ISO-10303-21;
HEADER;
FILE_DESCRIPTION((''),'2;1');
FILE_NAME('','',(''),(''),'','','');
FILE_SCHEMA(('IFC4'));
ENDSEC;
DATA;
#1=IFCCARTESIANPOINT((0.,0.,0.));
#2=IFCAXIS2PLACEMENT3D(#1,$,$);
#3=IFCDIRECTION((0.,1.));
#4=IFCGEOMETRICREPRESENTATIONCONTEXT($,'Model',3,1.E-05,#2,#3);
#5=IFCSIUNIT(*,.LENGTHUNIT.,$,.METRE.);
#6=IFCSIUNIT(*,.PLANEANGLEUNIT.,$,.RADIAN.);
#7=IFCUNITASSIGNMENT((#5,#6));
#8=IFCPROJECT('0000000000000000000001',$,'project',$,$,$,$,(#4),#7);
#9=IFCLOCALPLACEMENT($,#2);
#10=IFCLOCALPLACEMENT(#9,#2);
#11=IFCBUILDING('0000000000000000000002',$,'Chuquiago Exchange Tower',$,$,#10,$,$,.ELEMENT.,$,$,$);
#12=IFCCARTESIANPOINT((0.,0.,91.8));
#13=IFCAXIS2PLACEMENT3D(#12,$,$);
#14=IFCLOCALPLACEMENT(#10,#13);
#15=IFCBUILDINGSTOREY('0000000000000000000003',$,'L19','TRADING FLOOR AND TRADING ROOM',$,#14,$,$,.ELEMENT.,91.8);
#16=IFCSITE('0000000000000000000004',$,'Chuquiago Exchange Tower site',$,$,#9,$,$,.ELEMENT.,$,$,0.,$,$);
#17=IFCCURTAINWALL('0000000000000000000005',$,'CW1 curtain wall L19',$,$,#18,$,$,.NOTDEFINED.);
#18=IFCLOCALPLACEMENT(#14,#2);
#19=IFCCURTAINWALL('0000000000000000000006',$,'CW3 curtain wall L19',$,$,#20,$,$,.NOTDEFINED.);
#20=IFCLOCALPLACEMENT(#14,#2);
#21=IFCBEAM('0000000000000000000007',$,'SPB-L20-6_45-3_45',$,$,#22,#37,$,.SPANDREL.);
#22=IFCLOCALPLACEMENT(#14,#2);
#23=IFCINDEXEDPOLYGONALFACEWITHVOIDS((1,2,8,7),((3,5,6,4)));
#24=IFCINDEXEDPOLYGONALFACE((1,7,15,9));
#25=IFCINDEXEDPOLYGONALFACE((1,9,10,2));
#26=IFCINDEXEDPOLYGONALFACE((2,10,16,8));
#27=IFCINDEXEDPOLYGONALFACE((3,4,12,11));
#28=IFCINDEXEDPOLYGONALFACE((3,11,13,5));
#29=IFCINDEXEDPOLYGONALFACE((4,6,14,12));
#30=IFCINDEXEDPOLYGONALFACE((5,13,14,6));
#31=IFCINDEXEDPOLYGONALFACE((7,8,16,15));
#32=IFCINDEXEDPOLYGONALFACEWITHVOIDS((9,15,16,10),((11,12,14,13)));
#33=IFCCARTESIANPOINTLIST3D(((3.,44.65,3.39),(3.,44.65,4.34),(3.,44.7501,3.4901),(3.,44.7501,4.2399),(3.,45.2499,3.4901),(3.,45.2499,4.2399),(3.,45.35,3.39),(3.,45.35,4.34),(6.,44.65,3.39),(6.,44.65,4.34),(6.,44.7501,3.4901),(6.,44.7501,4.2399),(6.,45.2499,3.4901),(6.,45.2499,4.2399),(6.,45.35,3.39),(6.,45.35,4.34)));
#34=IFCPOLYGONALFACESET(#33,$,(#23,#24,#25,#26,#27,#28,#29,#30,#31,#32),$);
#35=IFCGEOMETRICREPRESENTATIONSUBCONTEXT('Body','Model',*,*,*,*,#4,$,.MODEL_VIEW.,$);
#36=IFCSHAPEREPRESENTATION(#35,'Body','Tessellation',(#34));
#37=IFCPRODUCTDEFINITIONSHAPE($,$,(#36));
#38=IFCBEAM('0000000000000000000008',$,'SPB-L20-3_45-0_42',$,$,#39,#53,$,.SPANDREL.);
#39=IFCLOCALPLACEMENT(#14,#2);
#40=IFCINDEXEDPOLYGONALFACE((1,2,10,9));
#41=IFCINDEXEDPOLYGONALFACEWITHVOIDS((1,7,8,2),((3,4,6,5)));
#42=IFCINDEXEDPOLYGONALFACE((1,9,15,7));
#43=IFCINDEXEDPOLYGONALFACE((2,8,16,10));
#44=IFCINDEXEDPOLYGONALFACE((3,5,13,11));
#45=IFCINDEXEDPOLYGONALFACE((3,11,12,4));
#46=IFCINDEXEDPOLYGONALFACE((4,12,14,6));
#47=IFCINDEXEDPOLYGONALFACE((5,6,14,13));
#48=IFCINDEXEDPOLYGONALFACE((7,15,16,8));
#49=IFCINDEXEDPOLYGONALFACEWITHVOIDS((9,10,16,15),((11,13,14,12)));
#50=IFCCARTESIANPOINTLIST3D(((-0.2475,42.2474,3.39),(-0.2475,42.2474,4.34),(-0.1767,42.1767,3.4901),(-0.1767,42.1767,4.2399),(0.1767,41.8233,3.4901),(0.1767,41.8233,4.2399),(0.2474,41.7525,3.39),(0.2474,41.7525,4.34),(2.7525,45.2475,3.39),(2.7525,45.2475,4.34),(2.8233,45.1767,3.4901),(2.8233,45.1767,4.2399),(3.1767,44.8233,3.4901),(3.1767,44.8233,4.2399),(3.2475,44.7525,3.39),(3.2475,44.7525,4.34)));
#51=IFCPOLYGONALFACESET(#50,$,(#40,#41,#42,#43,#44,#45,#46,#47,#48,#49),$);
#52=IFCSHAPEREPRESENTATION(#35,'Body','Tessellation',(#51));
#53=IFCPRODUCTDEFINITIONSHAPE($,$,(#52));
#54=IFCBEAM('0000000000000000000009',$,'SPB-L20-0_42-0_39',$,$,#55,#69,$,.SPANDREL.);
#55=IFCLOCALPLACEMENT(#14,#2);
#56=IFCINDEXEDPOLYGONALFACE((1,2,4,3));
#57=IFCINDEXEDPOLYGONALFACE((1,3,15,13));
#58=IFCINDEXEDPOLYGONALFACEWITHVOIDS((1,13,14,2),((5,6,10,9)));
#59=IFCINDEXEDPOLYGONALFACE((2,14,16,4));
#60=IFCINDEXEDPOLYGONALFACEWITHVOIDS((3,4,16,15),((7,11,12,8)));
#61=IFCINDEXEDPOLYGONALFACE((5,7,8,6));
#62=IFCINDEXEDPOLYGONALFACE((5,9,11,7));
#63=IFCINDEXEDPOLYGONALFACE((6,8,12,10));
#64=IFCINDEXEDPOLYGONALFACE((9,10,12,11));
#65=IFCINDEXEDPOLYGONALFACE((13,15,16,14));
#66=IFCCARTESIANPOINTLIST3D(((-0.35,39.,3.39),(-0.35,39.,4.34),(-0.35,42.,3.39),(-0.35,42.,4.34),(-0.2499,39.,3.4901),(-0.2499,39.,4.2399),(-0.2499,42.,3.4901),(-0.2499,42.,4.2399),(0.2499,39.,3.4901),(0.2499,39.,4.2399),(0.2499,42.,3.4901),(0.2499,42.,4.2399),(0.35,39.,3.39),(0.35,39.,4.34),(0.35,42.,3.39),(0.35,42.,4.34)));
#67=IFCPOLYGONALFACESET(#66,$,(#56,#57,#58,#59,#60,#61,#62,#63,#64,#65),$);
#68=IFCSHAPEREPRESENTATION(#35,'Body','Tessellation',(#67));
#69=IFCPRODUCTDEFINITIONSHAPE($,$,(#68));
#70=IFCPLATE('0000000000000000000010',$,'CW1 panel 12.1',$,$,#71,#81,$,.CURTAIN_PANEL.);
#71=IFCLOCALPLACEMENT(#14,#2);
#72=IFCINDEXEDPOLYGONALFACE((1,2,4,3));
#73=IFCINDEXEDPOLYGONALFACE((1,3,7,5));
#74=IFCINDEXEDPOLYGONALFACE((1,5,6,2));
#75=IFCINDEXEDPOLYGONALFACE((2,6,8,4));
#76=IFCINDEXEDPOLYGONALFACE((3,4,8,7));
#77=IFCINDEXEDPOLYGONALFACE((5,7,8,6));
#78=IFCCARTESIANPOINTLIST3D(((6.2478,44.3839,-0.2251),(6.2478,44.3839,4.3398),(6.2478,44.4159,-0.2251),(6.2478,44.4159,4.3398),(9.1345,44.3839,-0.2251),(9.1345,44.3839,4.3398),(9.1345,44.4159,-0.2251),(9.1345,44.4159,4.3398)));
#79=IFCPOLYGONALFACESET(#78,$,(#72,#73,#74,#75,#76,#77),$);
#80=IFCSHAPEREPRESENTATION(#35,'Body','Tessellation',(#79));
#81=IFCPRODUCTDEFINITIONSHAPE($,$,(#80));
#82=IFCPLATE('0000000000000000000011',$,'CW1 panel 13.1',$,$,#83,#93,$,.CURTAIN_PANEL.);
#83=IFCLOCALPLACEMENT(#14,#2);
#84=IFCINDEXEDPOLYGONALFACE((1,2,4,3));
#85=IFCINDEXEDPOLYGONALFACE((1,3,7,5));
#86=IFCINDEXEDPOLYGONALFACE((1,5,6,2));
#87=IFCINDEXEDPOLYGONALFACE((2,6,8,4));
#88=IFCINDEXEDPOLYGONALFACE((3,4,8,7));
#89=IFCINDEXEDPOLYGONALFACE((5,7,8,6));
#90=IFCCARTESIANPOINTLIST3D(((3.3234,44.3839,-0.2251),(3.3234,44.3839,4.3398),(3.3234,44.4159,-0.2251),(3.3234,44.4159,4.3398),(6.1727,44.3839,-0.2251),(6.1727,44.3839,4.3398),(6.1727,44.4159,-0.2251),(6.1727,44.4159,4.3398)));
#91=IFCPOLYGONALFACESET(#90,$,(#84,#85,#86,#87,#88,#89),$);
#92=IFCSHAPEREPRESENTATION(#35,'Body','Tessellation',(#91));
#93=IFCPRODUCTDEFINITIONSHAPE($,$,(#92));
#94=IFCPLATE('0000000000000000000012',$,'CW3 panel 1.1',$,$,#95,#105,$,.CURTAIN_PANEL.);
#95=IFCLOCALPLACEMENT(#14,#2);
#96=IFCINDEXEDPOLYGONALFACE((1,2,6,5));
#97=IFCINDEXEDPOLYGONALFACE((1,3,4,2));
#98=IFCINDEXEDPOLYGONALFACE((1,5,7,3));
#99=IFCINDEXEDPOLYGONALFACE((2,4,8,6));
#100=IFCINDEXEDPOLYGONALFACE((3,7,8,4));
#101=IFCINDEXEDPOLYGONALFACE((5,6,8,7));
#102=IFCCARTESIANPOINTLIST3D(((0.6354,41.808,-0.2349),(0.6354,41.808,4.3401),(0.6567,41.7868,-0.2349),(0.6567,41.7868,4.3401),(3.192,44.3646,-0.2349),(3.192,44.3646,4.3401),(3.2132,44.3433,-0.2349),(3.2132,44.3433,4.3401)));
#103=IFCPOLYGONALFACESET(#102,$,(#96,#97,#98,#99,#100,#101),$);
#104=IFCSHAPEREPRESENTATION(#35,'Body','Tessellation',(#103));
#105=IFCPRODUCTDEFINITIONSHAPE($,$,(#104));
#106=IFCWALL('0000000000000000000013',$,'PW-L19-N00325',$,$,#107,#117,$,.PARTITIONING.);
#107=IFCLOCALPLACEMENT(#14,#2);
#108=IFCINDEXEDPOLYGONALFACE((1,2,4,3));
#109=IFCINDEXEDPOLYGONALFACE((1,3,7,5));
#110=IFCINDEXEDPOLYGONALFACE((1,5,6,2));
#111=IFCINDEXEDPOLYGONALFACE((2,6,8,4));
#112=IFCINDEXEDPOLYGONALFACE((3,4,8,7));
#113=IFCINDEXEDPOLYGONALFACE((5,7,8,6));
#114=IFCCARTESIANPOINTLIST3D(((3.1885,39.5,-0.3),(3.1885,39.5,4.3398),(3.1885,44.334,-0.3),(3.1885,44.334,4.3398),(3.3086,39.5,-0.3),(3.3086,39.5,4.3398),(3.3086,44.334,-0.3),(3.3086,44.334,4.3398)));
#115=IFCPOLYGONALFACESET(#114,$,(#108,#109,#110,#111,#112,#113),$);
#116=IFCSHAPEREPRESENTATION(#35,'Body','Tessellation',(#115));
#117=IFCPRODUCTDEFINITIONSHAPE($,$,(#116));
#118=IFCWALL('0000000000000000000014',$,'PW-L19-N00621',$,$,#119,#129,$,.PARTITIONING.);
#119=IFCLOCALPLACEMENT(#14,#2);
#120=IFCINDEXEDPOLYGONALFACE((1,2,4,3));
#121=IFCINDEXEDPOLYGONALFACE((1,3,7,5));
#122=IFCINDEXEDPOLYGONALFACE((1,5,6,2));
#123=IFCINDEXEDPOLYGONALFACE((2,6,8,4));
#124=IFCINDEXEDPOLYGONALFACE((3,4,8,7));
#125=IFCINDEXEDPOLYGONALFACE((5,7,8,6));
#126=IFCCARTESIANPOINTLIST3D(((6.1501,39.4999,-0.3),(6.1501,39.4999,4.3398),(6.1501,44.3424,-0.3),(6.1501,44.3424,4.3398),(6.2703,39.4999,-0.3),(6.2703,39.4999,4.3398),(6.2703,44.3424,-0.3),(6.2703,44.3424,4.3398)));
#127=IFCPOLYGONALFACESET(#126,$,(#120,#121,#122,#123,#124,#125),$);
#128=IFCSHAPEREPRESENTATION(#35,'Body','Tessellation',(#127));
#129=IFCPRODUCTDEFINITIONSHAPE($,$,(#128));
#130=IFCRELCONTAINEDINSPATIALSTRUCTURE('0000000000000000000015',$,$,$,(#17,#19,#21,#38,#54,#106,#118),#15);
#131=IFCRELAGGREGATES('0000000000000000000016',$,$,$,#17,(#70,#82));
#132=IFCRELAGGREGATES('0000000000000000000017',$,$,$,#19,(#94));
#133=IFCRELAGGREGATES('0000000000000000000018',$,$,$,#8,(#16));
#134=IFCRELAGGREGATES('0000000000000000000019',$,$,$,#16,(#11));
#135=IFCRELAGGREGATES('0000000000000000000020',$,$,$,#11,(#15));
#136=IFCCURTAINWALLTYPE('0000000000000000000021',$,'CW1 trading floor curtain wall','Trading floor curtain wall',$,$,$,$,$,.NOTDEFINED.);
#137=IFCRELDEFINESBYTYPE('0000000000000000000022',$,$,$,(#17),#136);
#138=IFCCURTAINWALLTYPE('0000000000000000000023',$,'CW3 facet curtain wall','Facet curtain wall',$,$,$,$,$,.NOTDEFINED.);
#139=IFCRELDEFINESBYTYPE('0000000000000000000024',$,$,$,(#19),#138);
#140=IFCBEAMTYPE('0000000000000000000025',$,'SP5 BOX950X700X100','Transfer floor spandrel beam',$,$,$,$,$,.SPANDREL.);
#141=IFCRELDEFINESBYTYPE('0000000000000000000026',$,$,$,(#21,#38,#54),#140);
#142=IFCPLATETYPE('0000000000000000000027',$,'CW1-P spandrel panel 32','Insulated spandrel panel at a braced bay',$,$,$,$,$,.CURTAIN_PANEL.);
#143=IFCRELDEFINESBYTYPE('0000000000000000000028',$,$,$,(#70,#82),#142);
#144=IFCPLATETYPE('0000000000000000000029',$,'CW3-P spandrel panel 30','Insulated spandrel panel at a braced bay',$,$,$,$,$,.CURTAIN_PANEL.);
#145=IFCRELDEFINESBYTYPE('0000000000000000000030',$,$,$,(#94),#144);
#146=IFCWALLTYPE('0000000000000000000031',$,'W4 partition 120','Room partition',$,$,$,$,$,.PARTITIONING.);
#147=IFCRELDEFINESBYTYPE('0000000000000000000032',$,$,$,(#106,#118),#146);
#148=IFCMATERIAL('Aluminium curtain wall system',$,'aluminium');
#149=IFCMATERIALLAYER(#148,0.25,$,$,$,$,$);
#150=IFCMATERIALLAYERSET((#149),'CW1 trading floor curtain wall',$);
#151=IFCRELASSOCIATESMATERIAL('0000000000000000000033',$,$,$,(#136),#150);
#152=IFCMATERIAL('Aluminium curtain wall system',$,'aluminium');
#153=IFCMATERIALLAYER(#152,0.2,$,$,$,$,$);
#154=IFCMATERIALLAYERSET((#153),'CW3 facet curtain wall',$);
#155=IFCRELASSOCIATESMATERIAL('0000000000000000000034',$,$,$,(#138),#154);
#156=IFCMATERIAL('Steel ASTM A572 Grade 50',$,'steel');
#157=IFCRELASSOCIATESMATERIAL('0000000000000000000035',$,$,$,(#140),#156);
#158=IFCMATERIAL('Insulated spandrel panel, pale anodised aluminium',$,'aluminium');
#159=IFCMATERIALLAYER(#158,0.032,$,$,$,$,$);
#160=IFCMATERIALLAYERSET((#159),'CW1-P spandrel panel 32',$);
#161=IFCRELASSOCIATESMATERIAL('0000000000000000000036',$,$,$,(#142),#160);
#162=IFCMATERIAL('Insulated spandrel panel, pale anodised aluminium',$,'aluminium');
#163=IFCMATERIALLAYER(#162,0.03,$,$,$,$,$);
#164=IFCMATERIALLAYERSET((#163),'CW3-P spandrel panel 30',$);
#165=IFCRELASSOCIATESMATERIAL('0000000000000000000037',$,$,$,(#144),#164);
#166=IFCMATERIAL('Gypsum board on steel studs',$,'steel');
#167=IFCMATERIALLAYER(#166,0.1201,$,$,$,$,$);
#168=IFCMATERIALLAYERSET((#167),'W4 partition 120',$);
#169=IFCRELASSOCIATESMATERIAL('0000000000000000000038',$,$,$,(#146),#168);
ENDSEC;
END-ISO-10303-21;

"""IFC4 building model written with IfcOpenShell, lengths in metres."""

from ifc_helpers import new_model, si_unit, direction, frame, frame_2d, origin, origin_2d, place, context, subcontext, project, spatial, rectangle, hollow_rectangle, extrude, material, layer, layer_set, material_profile, profile_set, type_object, element, aggregate, save


model = new_model("IFC4")

# Units and contexts
model_context = context("Model", 3, precision=1e-05, world=origin(), true_north=direction((0.0, 1.0)))
body_context = subcontext(model_context, "Body", "Model", "MODEL_VIEW")
ifc_project = project(units=[si_unit("LENGTHUNIT", "METRE"), si_unit("PLANEANGLEUNIT", "RADIAN")], contexts=[model_context])

# Site, building, storey
site_placement = place(None, origin())
site = spatial("IfcSite", under=ifc_project, at=site_placement, Name="Chuquiago Exchange Tower site", CompositionType="ELEMENT", RefElevation=0.0)
building_placement = place(site_placement, origin())
building = spatial("IfcBuilding", under=site, at=building_placement, Name="Chuquiago Exchange Tower", CompositionType="ELEMENT")
storey_placement = place(building_placement, frame((0.0, 0.0, 91.8)))
storey = spatial("IfcBuildingStorey", under=building, at=storey_placement, Name="L19", Description="TRADING FLOOR AND TRADING ROOM", CompositionType="ELEMENT", Elevation=91.8)

# Curtain walls
ifc_material_1 = material(Name="Aluminium curtain wall system", Category="aluminium")
ifc_layer_1 = layer(ifc_material_1, 0.25)
ifc_layer_set_1 = layer_set([ifc_layer_1], Name="CW1 trading floor curtain wall")
curtain_wall_type_1 = type_object("IfcCurtainWallType", Name="CW1 trading floor curtain wall", Description="Trading floor curtain wall", PredefinedType="NOTDEFINED", material=ifc_layer_set_1)
curtain_wall_1_placement = place(storey_placement, origin())
curtain_wall_1 = element("IfcCurtainWall", 1, at=curtain_wall_1_placement, inside=storey, type_object=curtain_wall_type_1, Name="CW1 curtain wall L19", PredefinedType="NOTDEFINED")
ifc_material_2 = material(Name="Aluminium curtain wall system", Category="aluminium")
ifc_layer_2 = layer(ifc_material_2, 0.2)
ifc_layer_set_2 = layer_set([ifc_layer_2], Name="CW3 facet curtain wall")
curtain_wall_type_2 = type_object("IfcCurtainWallType", Name="CW3 facet curtain wall", Description="Facet curtain wall", PredefinedType="NOTDEFINED", material=ifc_layer_set_2)
curtain_wall_2_placement = place(storey_placement, origin())
curtain_wall_2 = element("IfcCurtainWall", 2, at=curtain_wall_2_placement, inside=storey, type_object=curtain_wall_type_2, Name="CW3 curtain wall L19", PredefinedType="NOTDEFINED")

# Beams
ifc_material_3 = material(Name="Steel ASTM A572 Grade 50", Category="steel")
ifc_material_profile_1 = material_profile(ifc_material_3, hollow_rectangle(XDim=0.7, YDim=0.95, WallThickness=0.1001, at=origin_2d()), Name="BOX950X700X100")
ifc_profile_set_1 = profile_set([ifc_material_profile_1], Name="Steel ASTM A572 Grade 50")
beam_type = type_object("IfcBeamType", Name="SP5 BOX950X700X100", Description="Transfer floor spandrel beam", PredefinedType="SPANDREL", material=ifc_profile_set_1)
beam_1_placement = place(storey_placement, frame((6.0, 45.0, 3.865), z_axis=(-1.0, 0.0, 0.0), x_axis=(0.0, -1.0, 0.0)))
element("IfcBeam", 3, at=beam_1_placement, inside=storey, type_object=beam_type, Name="SPB-L20-6_45-3_45", PredefinedType="SPANDREL", context=body_context, shape_type="SweptSolid", body=[
    extrude(hollow_rectangle(XDim=0.7, YDim=0.95, WallThickness=0.1001, at=origin_2d()), origin(), (0.0, 0.0, 1.0), 3.0),
])
beam_2_placement = place(storey_placement, frame((3.0, 45.0, 3.865), z_axis=(-0.707107, -0.707107, 0.0), x_axis=(0.707107, -0.707107, 0.0)))
element("IfcBeam", 4, at=beam_2_placement, inside=storey, type_object=beam_type, Name="SPB-L20-3_45-0_42", PredefinedType="SPANDREL", context=body_context, shape_type="SweptSolid", body=[
    extrude(hollow_rectangle(XDim=0.7, YDim=0.95, WallThickness=0.1001, at=origin_2d()), origin(), (0.0, 0.0, 1.0), 4.2427),
])
beam_3_placement = place(storey_placement, frame((0.0, 42.0, 3.865), z_axis=(0.0, -1.0, 0.0), x_axis=(1.0, 0.0, 0.0)))
element("IfcBeam", 5, at=beam_3_placement, inside=storey, type_object=beam_type, Name="SPB-L20-0_42-0_39", PredefinedType="SPANDREL", context=body_context, shape_type="SweptSolid", body=[
    extrude(hollow_rectangle(XDim=0.7, YDim=0.95, WallThickness=0.1001, at=origin_2d()), origin(), (0.0, 0.0, 1.0), 3.0),
])

# Plates
ifc_material_4 = material(Name="Insulated spandrel panel, pale anodised aluminium", Category="aluminium")
ifc_layer_3 = layer(ifc_material_4, 0.032)
ifc_layer_set_3 = layer_set([ifc_layer_3], Name="CW1-P spandrel panel 32")
plate_type_1 = type_object("IfcPlateType", Name="CW1-P spandrel panel 32", Description="Insulated spandrel panel at a braced bay", PredefinedType="CURTAIN_PANEL", material=ifc_layer_set_3)
plate_1_placement = place(storey_placement, frame((7.6912, 44.3999, -0.2251), z_axis=(0.0, 0.0, 1.0), x_axis=(-1.0, 0.0, 0.0)))
plate_1 = element("IfcPlate", 6, at=plate_1_placement, type_object=plate_type_1, Name="CW1 panel 12.1", PredefinedType="CURTAIN_PANEL", context=body_context, shape_type="SweptSolid", body=[
    extrude(rectangle(XDim=2.8867, YDim=0.032, at=origin_2d()), origin(), (0.0, 0.0, 1.0), 4.5649),
])
plate_2_placement = place(storey_placement, frame((4.748, 44.3999, -0.2251), z_axis=(0.0, 0.0, 1.0), x_axis=(-1.0, 0.0, 0.0)))
plate_2 = element("IfcPlate", 7, at=plate_2_placement, type_object=plate_type_1, Name="CW1 panel 13.1", PredefinedType="CURTAIN_PANEL", context=body_context, shape_type="SweptSolid", body=[
    extrude(rectangle(XDim=2.8494, YDim=0.032, at=origin_2d()), origin(), (0.0, 0.0, 1.0), 4.5649),
])
aggregate(curtain_wall_1, [plate_1, plate_2])
ifc_material_5 = material(Name="Insulated spandrel panel, pale anodised aluminium", Category="aluminium")
ifc_layer_4 = layer(ifc_material_5, 0.03)
ifc_layer_set_4 = layer_set([ifc_layer_4], Name="CW3-P spandrel panel 30")
plate_type_2 = type_object("IfcPlateType", Name="CW3-P spandrel panel 30", Description="Insulated spandrel panel at a braced bay", PredefinedType="CURTAIN_PANEL", material=ifc_layer_set_4)
plate_3_placement = place(storey_placement, frame((1.9243, 43.0757, -0.2349), z_axis=(0.0, 0.0, 1.0), x_axis=(-0.707107, -0.707107, 0.0)))
plate_3 = element("IfcPlate", 8, at=plate_3_placement, type_object=plate_type_2, Name="CW3 panel 1.1", PredefinedType="CURTAIN_PANEL", context=body_context, shape_type="SweptSolid", body=[
    extrude(rectangle(XDim=3.6155, YDim=0.03, at=origin_2d()), origin(), (0.0, 0.0, 1.0), 4.575),
])
aggregate(curtain_wall_2, [plate_3])

# Walls
ifc_material_6 = material(Name="Gypsum board on steel studs", Category="steel")
ifc_layer_5 = layer(ifc_material_6, 0.1201)
ifc_layer_set_5 = layer_set([ifc_layer_5], Name="W4 partition 120")
wall_type = type_object("IfcWallType", Name="W4 partition 120", Description="Room partition", PredefinedType="PARTITIONING", material=ifc_layer_set_5)
wall_1_placement = place(storey_placement, frame((3.2485, 44.334, -0.3), z_axis=(0.0, 0.0, 1.0), x_axis=(0.0, -1.0, 0.0)))
element("IfcWall", 9, at=wall_1_placement, inside=storey, type_object=wall_type, Name="PW-L19-N00325", PredefinedType="PARTITIONING", context=body_context, shape_type="SweptSolid", body=[
    extrude(rectangle(XDim=4.834, YDim=0.1201, at=frame_2d((2.417, 0.0))), origin(), (0.0, 0.0, 1.0), 4.6399),
])
wall_2_placement = place(storey_placement, frame((6.2102, 44.3425, -0.3), z_axis=(0.0, 0.0, 1.0), x_axis=(0.0, -1.0, 0.0)))
element("IfcWall", 10, at=wall_2_placement, inside=storey, type_object=wall_type, Name="PW-L19-N00621", PredefinedType="PARTITIONING", context=body_context, shape_type="SweptSolid", body=[
    extrude(rectangle(XDim=4.8425, YDim=0.1201, at=frame_2d((2.4214, 0.0))), origin(), (0.0, 0.0, 1.0), 4.6399),
])

save(model, "model.ifc")
